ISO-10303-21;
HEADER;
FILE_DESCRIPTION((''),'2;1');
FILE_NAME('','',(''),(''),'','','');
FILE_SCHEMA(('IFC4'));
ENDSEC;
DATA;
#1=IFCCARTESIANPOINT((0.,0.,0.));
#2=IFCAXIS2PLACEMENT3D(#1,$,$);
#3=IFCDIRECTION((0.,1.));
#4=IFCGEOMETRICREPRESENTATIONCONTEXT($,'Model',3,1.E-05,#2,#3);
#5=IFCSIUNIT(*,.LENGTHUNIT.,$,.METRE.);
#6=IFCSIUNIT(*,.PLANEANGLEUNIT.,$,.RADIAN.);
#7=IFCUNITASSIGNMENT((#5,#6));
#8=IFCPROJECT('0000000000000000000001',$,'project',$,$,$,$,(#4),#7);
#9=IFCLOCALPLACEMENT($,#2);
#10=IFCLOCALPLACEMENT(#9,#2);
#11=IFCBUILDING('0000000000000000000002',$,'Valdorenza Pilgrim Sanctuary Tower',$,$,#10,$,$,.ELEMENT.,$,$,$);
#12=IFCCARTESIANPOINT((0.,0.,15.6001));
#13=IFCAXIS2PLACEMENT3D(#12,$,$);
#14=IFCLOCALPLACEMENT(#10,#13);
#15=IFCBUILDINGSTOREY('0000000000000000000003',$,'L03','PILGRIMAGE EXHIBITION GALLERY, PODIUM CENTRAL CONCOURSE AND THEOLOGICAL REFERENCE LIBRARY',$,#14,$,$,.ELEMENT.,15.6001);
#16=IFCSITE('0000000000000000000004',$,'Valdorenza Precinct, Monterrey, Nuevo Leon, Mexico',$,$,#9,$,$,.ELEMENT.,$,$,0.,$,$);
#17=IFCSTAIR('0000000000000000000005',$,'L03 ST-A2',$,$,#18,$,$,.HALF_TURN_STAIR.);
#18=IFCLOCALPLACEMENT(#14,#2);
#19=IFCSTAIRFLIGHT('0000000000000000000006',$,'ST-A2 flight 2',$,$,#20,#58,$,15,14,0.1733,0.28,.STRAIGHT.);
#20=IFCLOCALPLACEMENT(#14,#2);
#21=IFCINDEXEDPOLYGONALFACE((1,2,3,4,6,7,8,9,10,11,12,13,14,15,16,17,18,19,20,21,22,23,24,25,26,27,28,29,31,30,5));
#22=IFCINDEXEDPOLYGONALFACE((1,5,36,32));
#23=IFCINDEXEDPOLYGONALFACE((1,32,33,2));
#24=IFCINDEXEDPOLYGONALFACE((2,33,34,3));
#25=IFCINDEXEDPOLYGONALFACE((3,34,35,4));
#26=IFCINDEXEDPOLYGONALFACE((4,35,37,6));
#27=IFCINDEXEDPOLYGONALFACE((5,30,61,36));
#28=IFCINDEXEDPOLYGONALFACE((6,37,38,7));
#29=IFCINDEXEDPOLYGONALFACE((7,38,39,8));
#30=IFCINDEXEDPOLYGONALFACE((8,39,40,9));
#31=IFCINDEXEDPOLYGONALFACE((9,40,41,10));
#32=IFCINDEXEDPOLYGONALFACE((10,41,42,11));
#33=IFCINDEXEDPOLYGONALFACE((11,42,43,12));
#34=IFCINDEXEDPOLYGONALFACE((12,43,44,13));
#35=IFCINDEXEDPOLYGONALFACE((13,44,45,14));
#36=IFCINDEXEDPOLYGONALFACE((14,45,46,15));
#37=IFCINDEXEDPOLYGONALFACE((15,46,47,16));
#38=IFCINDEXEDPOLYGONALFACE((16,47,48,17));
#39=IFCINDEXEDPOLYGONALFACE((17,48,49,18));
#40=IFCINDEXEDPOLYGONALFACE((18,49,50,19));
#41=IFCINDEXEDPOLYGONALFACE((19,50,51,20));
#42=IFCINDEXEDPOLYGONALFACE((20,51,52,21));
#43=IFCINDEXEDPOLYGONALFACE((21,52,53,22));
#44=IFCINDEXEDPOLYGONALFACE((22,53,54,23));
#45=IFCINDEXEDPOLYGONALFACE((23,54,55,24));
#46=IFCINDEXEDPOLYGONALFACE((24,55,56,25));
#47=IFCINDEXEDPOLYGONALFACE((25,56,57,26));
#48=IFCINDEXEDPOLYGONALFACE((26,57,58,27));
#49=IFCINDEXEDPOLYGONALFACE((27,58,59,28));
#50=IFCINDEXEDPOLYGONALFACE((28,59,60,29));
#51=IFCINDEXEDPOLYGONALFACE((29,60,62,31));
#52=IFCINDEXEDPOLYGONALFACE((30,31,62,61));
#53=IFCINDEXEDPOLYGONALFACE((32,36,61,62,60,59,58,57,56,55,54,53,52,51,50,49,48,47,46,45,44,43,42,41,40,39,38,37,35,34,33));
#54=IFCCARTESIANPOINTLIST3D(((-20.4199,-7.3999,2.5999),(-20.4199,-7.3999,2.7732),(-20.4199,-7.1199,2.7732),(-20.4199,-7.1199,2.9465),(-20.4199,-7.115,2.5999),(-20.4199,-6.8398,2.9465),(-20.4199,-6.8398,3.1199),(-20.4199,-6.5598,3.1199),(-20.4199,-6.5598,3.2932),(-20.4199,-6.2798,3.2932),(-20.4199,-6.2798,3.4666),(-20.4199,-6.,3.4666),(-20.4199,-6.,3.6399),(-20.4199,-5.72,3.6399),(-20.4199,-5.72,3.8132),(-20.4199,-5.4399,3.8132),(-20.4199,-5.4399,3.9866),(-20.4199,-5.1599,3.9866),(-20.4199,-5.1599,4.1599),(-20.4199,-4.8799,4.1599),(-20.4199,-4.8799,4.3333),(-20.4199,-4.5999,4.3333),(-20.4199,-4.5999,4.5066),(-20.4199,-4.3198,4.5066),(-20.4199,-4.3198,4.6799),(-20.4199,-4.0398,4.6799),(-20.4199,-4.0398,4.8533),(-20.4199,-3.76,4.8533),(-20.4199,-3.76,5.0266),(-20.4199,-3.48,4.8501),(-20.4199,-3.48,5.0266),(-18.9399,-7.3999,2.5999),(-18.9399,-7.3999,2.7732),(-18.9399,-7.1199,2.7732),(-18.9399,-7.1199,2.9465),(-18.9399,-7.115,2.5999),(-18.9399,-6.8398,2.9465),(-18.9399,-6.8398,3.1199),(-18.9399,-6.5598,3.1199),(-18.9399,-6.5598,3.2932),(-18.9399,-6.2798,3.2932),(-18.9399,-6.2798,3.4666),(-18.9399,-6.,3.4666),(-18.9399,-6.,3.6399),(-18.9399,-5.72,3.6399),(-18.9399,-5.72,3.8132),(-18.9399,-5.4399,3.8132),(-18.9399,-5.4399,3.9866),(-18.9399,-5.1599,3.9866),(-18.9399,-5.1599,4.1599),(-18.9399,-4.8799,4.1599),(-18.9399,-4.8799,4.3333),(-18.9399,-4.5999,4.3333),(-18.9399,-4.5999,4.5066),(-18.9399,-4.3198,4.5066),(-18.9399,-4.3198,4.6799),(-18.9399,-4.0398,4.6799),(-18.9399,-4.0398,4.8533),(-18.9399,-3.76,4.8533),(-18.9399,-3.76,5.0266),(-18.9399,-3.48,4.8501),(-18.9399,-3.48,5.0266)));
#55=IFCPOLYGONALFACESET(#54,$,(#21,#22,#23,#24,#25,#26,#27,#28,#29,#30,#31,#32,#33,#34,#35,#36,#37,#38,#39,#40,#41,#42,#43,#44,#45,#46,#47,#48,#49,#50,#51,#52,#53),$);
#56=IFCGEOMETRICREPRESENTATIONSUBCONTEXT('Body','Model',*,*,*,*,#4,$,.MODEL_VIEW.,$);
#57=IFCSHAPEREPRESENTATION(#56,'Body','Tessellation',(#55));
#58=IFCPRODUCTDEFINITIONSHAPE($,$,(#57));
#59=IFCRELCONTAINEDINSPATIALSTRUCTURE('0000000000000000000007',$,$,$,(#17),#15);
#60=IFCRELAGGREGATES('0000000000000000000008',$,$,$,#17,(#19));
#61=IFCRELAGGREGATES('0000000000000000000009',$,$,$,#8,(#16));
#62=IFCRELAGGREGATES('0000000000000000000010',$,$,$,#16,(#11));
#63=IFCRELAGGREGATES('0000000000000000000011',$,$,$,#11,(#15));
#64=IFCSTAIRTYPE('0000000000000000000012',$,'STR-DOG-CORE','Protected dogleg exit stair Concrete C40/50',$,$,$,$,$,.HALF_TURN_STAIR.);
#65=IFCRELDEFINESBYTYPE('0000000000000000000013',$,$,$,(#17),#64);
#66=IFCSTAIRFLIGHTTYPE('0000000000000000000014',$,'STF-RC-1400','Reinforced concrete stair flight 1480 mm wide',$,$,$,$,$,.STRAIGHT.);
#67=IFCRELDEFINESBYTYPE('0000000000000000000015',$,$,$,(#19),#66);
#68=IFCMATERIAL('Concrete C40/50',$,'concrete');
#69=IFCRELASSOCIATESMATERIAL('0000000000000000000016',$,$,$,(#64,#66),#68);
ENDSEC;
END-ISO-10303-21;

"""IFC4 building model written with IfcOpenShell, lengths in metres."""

from ifc_helpers import new_model, si_unit, direction, frame, origin, place, context, subcontext, project, spatial, polyline, outline, extrude, material, type_object, element, aggregate, save


model = new_model("IFC4")

# Units and contexts
model_context = context("Model", 3, precision=1e-05, world=origin(), true_north=direction((0.0, 1.0)))
body_context = subcontext(model_context, "Body", "Model", "MODEL_VIEW")
ifc_project = project(units=[si_unit("LENGTHUNIT", "METRE"), si_unit("PLANEANGLEUNIT", "RADIAN")], contexts=[model_context])

# Site, building, storey
site_placement = place(None, origin())
site = spatial("IfcSite", under=ifc_project, at=site_placement, Name="Valdorenza Precinct, Monterrey, Nuevo Leon, Mexico", CompositionType="ELEMENT", RefElevation=0.0)
building_placement = place(site_placement, origin())
building = spatial("IfcBuilding", under=site, at=building_placement, Name="Valdorenza Pilgrim Sanctuary Tower", CompositionType="ELEMENT")
storey_placement = place(building_placement, frame((0.0, 0.0, 15.6001)))
storey = spatial("IfcBuildingStorey", under=building, at=storey_placement, Name="L03", Description="PILGRIMAGE EXHIBITION GALLERY, PODIUM CENTRAL CONCOURSE AND THEOLOGICAL REFERENCE LIBRARY", CompositionType="ELEMENT", Elevation=15.6001)

# Stair, stair flight
ifc_material_1 = material(Name="Concrete C40/50", Category="concrete")
stair_type = type_object("IfcStairType", Name="STR-DOG-CORE", Description="Protected dogleg exit stair Concrete C40/50", PredefinedType="HALF_TURN_STAIR", material=ifc_material_1)
stair_placement = place(storey_placement, origin())
stair = element("IfcStair", 1, at=stair_placement, inside=storey, type_object=stair_type, Name="L03 ST-A2", PredefinedType="HALF_TURN_STAIR")
stair_flight_type = type_object("IfcStairFlightType", Name="STF-RC-1400", Description="Reinforced concrete stair flight 1480 mm wide", PredefinedType="STRAIGHT", material=ifc_material_1)
stair_flight_1_placement = place(storey_placement, frame((-19.6799, -7.3999, 2.5999), z_axis=(0.0, 0.0, 1.0), x_axis=(0.0, 1.0, 0.0)))
stair_flight_1 = element("IfcStairFlight", 2, at=stair_flight_1_placement, type_object=stair_flight_type, Name="ST-A2 flight 2", NumberOfRisers=15, NumberOfTreads=14, PredefinedType="STRAIGHT", RiserHeight=0.1733, TreadLength=0.28, context=body_context, shape_type="SweptSolid", body=[
    extrude(outline(polyline([(0.0, 0.0), (0.0, 0.1733), (0.28, 0.1733), (0.28, 0.3467), (0.5601, 0.3467), (0.5601, 0.52), (0.8401, 0.52), (0.8401, 0.6934), (1.1201, 0.6934), (1.1201, 0.8667), (1.3999, 0.8667), (1.3999, 1.04), (1.6799, 1.04), (1.6799, 1.2134), (1.96, 1.2134), (1.96, 1.3867), (2.24, 1.3867), (2.24, 1.5601), (2.52, 1.5601), (2.52, 1.7334), (2.8, 1.7334), (2.8, 1.9067), (3.0801, 1.9067), (3.0801, 2.0801), (3.3601, 2.0801), (3.3601, 2.2534), (3.6399, 2.2534), (3.6399, 2.4268), (3.9199, 2.4268), (3.9199, 2.6001), (3.9199, 2.2502), (0.2849, 0.0), (0.0, 0.0)])), frame((0.0, 0.74, 0.0), z_axis=(0.0, -1.0, 0.0), x_axis=(1.0, 0.0, 0.0)), (0.0, 0.0, 1.0), 1.48),
])
aggregate(stair, [stair_flight_1])

save(model, "model.ifc")
